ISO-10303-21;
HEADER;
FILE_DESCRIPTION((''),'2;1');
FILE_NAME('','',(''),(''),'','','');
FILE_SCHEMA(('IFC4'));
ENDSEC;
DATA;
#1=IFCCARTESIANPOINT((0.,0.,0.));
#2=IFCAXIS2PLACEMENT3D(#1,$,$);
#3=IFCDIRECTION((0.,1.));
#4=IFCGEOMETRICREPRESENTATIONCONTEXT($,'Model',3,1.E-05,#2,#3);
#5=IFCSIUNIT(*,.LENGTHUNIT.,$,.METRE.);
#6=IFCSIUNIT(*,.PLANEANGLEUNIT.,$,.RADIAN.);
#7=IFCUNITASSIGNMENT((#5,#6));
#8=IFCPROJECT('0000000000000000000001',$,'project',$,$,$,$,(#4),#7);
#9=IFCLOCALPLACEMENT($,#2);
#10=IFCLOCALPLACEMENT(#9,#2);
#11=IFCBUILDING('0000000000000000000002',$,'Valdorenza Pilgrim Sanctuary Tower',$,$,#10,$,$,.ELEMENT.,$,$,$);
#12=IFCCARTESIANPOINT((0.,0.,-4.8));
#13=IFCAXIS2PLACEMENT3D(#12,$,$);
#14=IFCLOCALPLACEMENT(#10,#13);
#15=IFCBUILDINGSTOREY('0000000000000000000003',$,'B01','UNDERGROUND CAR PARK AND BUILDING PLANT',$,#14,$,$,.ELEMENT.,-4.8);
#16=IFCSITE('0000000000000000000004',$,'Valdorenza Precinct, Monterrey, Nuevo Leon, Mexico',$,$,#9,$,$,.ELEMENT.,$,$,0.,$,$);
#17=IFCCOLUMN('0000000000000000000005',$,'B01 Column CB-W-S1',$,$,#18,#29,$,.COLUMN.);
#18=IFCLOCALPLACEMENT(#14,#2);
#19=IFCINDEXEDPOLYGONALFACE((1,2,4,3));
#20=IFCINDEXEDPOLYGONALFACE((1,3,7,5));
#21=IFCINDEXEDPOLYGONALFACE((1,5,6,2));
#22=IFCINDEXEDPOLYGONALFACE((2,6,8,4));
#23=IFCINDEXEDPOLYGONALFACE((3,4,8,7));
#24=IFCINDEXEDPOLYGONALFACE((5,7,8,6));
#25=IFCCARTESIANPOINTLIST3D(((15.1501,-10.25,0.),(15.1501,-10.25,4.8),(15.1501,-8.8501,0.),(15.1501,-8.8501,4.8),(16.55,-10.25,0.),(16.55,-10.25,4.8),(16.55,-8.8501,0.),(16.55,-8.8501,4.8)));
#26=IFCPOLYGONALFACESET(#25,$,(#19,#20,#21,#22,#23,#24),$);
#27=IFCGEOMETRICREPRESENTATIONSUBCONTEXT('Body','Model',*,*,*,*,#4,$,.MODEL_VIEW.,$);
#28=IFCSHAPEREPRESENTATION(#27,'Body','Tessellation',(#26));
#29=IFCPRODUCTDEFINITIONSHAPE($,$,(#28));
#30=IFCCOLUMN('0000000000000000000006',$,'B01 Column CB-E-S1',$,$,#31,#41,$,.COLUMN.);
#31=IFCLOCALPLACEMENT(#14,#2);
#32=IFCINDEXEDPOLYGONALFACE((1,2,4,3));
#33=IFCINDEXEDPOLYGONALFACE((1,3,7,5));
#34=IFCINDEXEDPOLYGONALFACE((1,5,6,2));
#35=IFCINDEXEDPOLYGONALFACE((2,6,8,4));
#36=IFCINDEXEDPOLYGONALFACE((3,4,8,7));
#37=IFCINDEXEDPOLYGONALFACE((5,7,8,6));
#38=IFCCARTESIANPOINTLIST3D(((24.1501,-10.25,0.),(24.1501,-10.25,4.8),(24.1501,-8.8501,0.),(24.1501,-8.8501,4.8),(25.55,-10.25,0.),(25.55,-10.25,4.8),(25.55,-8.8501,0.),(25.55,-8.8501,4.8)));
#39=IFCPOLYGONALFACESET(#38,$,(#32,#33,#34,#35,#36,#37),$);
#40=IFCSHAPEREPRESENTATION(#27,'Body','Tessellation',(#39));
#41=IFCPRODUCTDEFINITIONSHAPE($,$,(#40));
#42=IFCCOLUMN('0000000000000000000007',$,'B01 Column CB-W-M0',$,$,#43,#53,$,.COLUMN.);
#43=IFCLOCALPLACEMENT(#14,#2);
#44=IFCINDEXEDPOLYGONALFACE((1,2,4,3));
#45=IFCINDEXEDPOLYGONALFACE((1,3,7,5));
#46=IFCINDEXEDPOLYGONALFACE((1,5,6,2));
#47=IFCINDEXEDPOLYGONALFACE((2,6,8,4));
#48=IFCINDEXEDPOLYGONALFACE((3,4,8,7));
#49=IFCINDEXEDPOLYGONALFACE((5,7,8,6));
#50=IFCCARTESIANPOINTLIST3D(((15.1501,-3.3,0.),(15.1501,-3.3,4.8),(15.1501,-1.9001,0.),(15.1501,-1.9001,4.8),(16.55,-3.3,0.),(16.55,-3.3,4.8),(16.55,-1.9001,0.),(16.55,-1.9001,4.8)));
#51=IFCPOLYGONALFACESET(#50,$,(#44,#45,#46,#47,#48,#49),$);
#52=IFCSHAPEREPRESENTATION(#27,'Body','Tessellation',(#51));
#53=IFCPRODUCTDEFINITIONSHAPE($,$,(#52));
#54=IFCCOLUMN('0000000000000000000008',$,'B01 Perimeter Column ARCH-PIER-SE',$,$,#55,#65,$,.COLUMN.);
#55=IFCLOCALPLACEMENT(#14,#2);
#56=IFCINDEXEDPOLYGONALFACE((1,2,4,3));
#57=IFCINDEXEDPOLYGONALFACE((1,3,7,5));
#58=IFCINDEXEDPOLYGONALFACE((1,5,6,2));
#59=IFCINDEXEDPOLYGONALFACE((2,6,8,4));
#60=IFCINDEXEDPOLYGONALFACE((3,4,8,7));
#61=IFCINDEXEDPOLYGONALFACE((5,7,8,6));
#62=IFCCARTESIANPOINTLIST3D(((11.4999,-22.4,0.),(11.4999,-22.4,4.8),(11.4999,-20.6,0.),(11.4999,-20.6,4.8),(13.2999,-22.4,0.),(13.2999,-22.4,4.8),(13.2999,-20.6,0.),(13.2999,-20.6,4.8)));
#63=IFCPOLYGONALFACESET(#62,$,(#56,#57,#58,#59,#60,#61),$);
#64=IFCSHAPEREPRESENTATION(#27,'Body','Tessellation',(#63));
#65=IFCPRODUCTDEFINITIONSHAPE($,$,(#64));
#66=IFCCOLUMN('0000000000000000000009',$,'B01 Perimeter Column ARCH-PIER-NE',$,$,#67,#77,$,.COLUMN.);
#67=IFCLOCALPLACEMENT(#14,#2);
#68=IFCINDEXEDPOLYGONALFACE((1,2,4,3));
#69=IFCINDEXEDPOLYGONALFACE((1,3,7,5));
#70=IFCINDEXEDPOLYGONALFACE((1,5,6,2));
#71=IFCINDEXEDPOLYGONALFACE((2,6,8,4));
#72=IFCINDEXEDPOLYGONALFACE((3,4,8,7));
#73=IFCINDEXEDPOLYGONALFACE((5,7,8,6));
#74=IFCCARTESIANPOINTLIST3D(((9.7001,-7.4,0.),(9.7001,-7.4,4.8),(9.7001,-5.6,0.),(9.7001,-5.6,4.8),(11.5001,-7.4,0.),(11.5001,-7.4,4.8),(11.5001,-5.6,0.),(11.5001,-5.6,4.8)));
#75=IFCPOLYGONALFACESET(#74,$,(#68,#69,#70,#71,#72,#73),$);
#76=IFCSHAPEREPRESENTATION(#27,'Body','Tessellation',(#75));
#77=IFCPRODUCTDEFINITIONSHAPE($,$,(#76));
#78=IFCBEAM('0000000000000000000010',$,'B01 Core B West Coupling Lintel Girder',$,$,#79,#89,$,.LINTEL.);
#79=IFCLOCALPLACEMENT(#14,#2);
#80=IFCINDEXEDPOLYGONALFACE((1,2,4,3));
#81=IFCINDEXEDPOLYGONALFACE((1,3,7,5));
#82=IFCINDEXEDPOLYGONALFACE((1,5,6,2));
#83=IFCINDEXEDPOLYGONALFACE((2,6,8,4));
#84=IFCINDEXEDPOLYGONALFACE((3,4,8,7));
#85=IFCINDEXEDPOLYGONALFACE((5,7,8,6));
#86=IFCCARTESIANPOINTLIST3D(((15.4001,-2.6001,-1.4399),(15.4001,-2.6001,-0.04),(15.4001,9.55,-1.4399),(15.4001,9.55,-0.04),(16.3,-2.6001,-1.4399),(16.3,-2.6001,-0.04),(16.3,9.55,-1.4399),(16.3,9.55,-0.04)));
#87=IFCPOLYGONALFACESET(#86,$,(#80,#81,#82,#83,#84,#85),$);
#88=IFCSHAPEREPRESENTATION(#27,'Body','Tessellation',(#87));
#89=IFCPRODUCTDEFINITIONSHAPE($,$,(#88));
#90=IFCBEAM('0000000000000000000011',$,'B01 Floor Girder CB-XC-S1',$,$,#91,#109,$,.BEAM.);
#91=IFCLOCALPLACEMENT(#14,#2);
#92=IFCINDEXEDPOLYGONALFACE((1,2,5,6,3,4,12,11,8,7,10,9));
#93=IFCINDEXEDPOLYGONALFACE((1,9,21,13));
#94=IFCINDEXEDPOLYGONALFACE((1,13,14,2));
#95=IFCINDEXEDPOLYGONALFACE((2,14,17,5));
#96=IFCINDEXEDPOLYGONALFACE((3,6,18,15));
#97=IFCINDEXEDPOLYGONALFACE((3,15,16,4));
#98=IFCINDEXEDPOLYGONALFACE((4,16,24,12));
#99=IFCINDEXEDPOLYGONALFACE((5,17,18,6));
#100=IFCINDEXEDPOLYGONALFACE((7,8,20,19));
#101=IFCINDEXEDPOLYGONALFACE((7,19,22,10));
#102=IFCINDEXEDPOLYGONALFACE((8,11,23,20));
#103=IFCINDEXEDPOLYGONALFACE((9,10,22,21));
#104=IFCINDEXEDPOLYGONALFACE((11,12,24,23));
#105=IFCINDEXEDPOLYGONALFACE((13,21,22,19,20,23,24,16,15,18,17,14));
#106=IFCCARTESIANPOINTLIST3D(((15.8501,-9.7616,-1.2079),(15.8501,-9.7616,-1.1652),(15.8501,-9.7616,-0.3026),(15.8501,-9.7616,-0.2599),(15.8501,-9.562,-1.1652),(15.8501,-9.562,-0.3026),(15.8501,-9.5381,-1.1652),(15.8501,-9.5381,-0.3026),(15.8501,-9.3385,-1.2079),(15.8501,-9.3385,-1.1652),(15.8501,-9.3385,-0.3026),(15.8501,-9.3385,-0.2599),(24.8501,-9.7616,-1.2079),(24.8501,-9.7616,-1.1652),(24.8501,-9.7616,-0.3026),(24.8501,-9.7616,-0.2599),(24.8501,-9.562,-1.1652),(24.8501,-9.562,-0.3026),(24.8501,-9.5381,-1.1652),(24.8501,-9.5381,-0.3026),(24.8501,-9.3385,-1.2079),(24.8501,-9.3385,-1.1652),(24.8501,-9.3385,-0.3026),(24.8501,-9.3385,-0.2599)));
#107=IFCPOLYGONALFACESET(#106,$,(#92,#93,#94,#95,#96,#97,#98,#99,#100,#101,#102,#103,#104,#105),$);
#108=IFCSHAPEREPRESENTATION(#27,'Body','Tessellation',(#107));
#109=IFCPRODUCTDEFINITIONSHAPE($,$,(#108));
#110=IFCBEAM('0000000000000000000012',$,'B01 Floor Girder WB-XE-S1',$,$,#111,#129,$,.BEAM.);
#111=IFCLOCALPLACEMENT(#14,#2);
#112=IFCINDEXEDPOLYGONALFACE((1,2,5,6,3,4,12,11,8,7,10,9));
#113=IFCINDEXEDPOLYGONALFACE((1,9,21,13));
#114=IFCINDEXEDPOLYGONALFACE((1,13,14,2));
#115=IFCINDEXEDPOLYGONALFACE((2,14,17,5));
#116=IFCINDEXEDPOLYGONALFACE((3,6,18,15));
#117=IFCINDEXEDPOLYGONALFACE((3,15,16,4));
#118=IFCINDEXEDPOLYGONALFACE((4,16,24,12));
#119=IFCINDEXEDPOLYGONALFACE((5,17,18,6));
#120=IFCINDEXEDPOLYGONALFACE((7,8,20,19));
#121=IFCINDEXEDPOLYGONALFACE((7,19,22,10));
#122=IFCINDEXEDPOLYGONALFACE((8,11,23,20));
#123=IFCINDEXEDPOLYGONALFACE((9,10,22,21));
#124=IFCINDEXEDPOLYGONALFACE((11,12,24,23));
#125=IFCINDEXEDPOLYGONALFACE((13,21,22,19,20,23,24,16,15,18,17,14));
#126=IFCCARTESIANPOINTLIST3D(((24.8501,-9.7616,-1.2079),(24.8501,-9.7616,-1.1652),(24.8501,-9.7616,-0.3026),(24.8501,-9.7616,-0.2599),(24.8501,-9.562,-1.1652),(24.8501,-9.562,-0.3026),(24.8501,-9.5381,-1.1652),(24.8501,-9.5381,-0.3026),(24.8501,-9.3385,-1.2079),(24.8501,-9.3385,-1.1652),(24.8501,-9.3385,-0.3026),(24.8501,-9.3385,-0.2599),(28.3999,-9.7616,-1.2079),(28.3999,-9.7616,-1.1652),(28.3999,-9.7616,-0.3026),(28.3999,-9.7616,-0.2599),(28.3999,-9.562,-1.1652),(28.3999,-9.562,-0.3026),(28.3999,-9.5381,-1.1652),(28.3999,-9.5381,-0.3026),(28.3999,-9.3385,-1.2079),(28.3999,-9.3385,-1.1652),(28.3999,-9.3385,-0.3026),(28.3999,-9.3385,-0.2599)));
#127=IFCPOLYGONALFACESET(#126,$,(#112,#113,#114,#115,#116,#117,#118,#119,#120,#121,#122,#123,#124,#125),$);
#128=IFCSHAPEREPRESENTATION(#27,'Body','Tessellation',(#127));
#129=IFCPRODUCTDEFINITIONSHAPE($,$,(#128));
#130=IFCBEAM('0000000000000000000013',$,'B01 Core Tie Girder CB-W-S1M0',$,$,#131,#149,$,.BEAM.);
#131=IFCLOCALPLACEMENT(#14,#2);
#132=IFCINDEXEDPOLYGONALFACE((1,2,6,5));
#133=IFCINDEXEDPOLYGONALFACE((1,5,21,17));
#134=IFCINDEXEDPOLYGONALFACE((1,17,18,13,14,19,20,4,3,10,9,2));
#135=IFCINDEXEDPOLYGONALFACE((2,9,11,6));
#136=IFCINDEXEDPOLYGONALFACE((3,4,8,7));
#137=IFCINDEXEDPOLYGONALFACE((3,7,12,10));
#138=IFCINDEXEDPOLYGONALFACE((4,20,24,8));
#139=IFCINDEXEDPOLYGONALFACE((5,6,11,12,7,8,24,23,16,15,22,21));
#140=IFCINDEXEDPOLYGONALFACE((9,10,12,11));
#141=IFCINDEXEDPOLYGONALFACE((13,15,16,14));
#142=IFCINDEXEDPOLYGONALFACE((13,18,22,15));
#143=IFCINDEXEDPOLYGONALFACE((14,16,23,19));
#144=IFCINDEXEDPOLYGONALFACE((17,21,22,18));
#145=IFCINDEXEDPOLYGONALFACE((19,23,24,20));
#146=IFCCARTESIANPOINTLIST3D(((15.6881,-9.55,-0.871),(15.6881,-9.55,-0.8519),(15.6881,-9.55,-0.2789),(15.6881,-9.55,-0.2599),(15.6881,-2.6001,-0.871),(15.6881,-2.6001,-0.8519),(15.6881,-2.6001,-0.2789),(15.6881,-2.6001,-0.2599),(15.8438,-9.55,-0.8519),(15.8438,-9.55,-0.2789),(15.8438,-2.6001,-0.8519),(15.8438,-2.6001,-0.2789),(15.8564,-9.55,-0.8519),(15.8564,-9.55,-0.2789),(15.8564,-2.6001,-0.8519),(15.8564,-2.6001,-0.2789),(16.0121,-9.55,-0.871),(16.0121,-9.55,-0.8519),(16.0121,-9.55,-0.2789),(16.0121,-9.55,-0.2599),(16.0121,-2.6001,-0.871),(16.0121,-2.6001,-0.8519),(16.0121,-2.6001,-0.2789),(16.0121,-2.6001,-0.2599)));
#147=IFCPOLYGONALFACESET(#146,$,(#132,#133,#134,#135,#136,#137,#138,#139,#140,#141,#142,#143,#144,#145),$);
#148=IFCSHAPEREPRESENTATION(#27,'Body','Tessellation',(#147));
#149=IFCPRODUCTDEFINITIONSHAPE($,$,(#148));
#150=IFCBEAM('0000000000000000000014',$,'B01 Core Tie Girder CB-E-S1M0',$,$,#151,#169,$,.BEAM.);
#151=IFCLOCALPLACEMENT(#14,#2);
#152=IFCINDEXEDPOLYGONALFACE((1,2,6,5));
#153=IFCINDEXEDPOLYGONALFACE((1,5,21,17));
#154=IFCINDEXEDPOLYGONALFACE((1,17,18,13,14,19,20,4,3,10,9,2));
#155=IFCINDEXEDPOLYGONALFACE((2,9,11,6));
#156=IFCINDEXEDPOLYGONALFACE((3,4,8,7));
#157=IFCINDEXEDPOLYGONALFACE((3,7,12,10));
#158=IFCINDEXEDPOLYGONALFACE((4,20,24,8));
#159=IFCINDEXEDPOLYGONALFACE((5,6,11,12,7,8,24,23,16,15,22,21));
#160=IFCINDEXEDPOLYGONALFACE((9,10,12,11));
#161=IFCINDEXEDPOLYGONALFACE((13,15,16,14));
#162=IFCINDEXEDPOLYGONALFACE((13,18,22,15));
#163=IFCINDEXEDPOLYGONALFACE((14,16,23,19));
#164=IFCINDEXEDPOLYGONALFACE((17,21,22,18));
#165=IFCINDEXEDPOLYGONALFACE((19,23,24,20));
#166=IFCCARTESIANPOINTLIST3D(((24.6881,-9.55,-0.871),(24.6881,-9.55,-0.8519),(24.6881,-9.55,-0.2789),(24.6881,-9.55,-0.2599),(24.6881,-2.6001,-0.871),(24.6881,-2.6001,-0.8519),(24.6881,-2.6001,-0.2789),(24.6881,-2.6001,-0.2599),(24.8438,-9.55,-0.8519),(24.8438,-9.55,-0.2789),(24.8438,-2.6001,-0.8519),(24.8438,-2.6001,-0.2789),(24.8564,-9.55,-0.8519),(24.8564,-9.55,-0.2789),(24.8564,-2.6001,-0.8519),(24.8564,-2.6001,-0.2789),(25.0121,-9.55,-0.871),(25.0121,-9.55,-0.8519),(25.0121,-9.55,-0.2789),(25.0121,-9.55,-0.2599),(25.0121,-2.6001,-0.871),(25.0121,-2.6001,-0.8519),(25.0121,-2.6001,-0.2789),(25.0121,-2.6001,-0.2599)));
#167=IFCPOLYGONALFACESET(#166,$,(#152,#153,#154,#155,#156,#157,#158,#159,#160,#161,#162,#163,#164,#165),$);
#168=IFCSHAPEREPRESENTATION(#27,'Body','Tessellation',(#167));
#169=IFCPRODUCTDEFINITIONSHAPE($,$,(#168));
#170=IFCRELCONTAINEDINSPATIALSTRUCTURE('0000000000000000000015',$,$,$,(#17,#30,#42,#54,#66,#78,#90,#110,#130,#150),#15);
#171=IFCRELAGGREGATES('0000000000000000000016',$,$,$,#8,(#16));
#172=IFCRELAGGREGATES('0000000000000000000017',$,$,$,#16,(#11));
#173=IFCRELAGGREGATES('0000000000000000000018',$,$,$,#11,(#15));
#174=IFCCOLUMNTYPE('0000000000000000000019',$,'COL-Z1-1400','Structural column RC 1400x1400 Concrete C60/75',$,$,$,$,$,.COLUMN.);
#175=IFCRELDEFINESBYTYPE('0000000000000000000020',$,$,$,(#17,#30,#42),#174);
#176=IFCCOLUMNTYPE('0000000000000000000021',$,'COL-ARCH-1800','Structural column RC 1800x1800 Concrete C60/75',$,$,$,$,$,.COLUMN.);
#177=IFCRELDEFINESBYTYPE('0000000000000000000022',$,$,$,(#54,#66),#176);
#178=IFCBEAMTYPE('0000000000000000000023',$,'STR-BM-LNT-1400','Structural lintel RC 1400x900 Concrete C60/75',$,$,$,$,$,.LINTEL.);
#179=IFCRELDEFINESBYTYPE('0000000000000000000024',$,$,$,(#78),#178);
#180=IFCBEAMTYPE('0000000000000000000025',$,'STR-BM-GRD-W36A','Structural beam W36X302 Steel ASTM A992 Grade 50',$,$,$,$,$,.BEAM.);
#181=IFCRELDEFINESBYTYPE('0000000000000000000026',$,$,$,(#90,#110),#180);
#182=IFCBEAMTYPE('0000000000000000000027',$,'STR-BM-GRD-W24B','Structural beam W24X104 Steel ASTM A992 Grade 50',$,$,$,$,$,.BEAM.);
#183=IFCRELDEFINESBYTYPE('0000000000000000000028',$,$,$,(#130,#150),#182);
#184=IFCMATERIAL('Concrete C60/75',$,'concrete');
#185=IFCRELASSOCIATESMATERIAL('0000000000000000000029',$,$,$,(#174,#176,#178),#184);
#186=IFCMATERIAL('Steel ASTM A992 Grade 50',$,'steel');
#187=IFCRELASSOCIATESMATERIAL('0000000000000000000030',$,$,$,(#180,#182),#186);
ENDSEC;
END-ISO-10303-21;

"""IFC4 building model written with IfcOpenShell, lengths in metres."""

from ifc_helpers import new_model, si_unit, direction, frame, origin, origin_2d, place, context, subcontext, project, spatial, rectangle, i_section, extrude, source, transform, mapped, material, material_profile, profile_set, type_object, element, save


model = new_model("IFC4")

# Units and contexts
model_context = context("Model", 3, precision=1e-05, world=origin(), true_north=direction((0.0, 1.0)))
body_context = subcontext(model_context, "Body", "Model", "MODEL_VIEW")
ifc_project = project(units=[si_unit("LENGTHUNIT", "METRE"), si_unit("PLANEANGLEUNIT", "RADIAN")], contexts=[model_context])

# Site, building, storey
site_placement = place(None, origin())
site = spatial("IfcSite", under=ifc_project, at=site_placement, Name="Valdorenza Precinct, Monterrey, Nuevo Leon, Mexico", CompositionType="ELEMENT", RefElevation=0.0)
building_placement = place(site_placement, origin())
building = spatial("IfcBuilding", under=site, at=building_placement, Name="Valdorenza Pilgrim Sanctuary Tower", CompositionType="ELEMENT")
storey_placement = place(building_placement, frame((0.0, 0.0, -4.8)))
storey = spatial("IfcBuildingStorey", under=building, at=storey_placement, Name="B01", Description="UNDERGROUND CAR PARK AND BUILDING PLANT", CompositionType="ELEMENT", Elevation=-4.8)

# Columns
ifc_material_1 = material(Name="Concrete C60/75", Category="concrete")
ifc_material_profile_1 = material_profile(ifc_material_1, rectangle(XDim=1.3999, YDim=1.3999, at=origin_2d()), Name="RC 1400x1400")
ifc_profile_set_1 = profile_set([ifc_material_profile_1], Name="Concrete C60/75")
column_type_1 = type_object("IfcColumnType", Name="COL-Z1-1400", Description="Structural column RC 1400x1400 Concrete C60/75", PredefinedType="COLUMN", material=ifc_profile_set_1)
shared_shape_1 = source(origin(), body_context, "Body", "SweptSolid", [
    extrude(rectangle(XDim=1.3999, YDim=1.3999, at=origin_2d()), origin(), (0.0, 0.0, 1.0), 4.8),
])
for number, where, z_axis, x_axis, name in (
    (1, (15.8501, -9.55, 0.0), (0.0, 0.0, 1.0), (1.0, 0.0, 0.0), "B01 Column CB-W-S1"),
    (2, (24.8501, -9.55, 0.0), (0.0, 0.0, 1.0), (1.0, 0.0, 0.0), "B01 Column CB-E-S1"),
    (3, (15.8501, -2.6001, 0.0), (0.0, 0.0, 1.0), (1.0, 0.0, 0.0), "B01 Column CB-W-M0"),
):
    element("IfcColumn", number, at=place(storey_placement, frame(where, z_axis=z_axis, x_axis=x_axis)), inside=storey, type_object=column_type_1, Name=name, PredefinedType="COLUMN", context=body_context, shape_type="MappedRepresentation", body=[
        mapped(shared_shape_1, transform((0.0, 0.0, 0.0), x_axis=(1.0, 0.0, 0.0), y_axis=(0.0, 1.0, 0.0), z_axis=(0.0, 0.0, 1.0), scale=1.0)),
    ])
ifc_material_profile_2 = material_profile(ifc_material_1, rectangle(XDim=1.8, YDim=1.8, at=origin_2d()), Name="RC 1800x1800")
ifc_profile_set_2 = profile_set([ifc_material_profile_2], Name="Concrete C60/75")
column_type_2 = type_object("IfcColumnType", Name="COL-ARCH-1800", Description="Structural column RC 1800x1800 Concrete C60/75", PredefinedType="COLUMN", material=ifc_profile_set_2)
shared_shape_2 = source(origin(), body_context, "Body", "SweptSolid", [
    extrude(rectangle(XDim=1.8, YDim=1.8, at=origin_2d()), origin(), (0.0, 0.0, 1.0), 4.8),
])
for number, where, z_axis, x_axis, name in (
    (4, (12.3999, -21.5, 0.0), (0.0, 0.0, 1.0), (1.0, 0.0, 0.0), "B01 Perimeter Column ARCH-PIER-SE"),
    (5, (10.6001, -6.5, 0.0), (0.0, 0.0, 1.0), (1.0, 0.0, 0.0), "B01 Perimeter Column ARCH-PIER-NE"),
):
    element("IfcColumn", number, at=place(storey_placement, frame(where, z_axis=z_axis, x_axis=x_axis)), inside=storey, type_object=column_type_2, Name=name, PredefinedType="COLUMN", context=body_context, shape_type="MappedRepresentation", body=[
        mapped(shared_shape_2, transform((0.0, 0.0, 0.0), x_axis=(1.0, 0.0, 0.0), y_axis=(0.0, 1.0, 0.0), z_axis=(0.0, 0.0, 1.0), scale=1.0)),
    ])

# Beams
ifc_material_profile_3 = material_profile(ifc_material_1, rectangle(XDim=0.8999, YDim=1.3999, at=origin_2d()), Name="RC 1400x900")
ifc_profile_set_3 = profile_set([ifc_material_profile_3], Name="Concrete C60/75")
beam_type_1 = type_object("IfcBeamType", Name="STR-BM-LNT-1400", Description="Structural lintel RC 1400x900 Concrete C60/75", PredefinedType="LINTEL", material=ifc_profile_set_3)
shared_shape_3 = source(origin(), body_context, "Body", "SweptSolid", [
    extrude(rectangle(XDim=0.8999, YDim=1.3999, at=origin_2d()), origin(), (0.0, 0.0, 1.0), 12.1501),
])
beam_1_placement = place(storey_placement, frame((15.8501, -2.6001, -0.74), z_axis=(0.0, 1.0, 0.0), x_axis=(-1.0, 0.0, 0.0)))
element("IfcBeam", 6, at=beam_1_placement, inside=storey, type_object=beam_type_1, Name="B01 Core B West Coupling Lintel Girder", PredefinedType="LINTEL", context=body_context, shape_type="MappedRepresentation", body=[
    mapped(shared_shape_3, transform((0.0, 0.0, 0.0), x_axis=(1.0, 0.0, 0.0), y_axis=(0.0, 1.0, 0.0), z_axis=(0.0, 0.0, 1.0), scale=1.0)),
])
ifc_material_2 = material(Name="Steel ASTM A992 Grade 50", Category="steel")
ifc_material_profile_4 = material_profile(ifc_material_2, i_section(OverallWidth=0.4231, OverallDepth=0.948, WebThickness=0.0239, FlangeThickness=0.0427, at=origin_2d()), Name="W36X302")
ifc_profile_set_4 = profile_set([ifc_material_profile_4], Name="Steel ASTM A992 Grade 50")
beam_type_2 = type_object("IfcBeamType", Name="STR-BM-GRD-W36A", Description="Structural beam W36X302 Steel ASTM A992 Grade 50", PredefinedType="BEAM", material=ifc_profile_set_4)
shared_shape_4 = source(origin(), body_context, "Body", "SweptSolid", [
    extrude(i_section(OverallWidth=0.4231, OverallDepth=0.948, WebThickness=0.0239, FlangeThickness=0.0427, at=origin_2d()), origin(), (0.0, 0.0, 1.0), 9.0),
])
beam_2_placement = place(storey_placement, frame((15.8501, -9.55, -0.7339), z_axis=(1.0, 0.0, 0.0), x_axis=(0.0, 1.0, 0.0)))
element("IfcBeam", 7, at=beam_2_placement, inside=storey, type_object=beam_type_2, Name="B01 Floor Girder CB-XC-S1", PredefinedType="BEAM", context=body_context, shape_type="MappedRepresentation", body=[
    mapped(shared_shape_4, transform((0.0, 0.0, 0.0), x_axis=(1.0, 0.0, 0.0), y_axis=(0.0, 1.0, 0.0), z_axis=(0.0, 0.0, 1.0), scale=1.0)),
])
shared_shape_5 = source(origin(), body_context, "Body", "SweptSolid", [
    extrude(i_section(OverallWidth=0.4231, OverallDepth=0.948, WebThickness=0.0239, FlangeThickness=0.0427, at=origin_2d()), origin(), (0.0, 0.0, 1.0), 3.5498),
])
beam_3_placement = place(storey_placement, frame((24.8501, -9.55, -0.7339), z_axis=(1.0, 0.0, 0.0), x_axis=(0.0, 1.0, 0.0)))
element("IfcBeam", 8, at=beam_3_placement, inside=storey, type_object=beam_type_2, Name="B01 Floor Girder WB-XE-S1", PredefinedType="BEAM", context=body_context, shape_type="MappedRepresentation", body=[
    mapped(shared_shape_5, transform((0.0, 0.0, 0.0), x_axis=(1.0, 0.0, 0.0), y_axis=(0.0, 1.0, 0.0), z_axis=(0.0, 0.0, 1.0), scale=1.0)),
])
ifc_material_profile_5 = material_profile(ifc_material_2, i_section(OverallWidth=0.324, OverallDepth=0.6111, WebThickness=0.0127, FlangeThickness=0.019, at=origin_2d()), Name="W24X104")
ifc_profile_set_5 = profile_set([ifc_material_profile_5], Name="Steel ASTM A992 Grade 50")
beam_type_3 = type_object("IfcBeamType", Name="STR-BM-GRD-W24B", Description="Structural beam W24X104 Steel ASTM A992 Grade 50", PredefinedType="BEAM", material=ifc_profile_set_5)
shared_shape_6 = source(origin(), body_context, "Body", "SweptSolid", [
    extrude(i_section(OverallWidth=0.324, OverallDepth=0.6111, WebThickness=0.0127, FlangeThickness=0.019, at=origin_2d()), origin(), (0.0, 0.0, 1.0), 6.95),
])
for number, where, z_axis, x_axis, name in (
    (9, (15.8501, -9.55, -0.5654), (0.0, 1.0, 0.0), (-1.0, 0.0, 0.0), "B01 Core Tie Girder CB-W-S1M0"),
    (10, (24.8501, -9.55, -0.5654), (0.0, 1.0, 0.0), (-1.0, 0.0, 0.0), "B01 Core Tie Girder CB-E-S1M0"),
):
    element("IfcBeam", number, at=place(storey_placement, frame(where, z_axis=z_axis, x_axis=x_axis)), inside=storey, type_object=beam_type_3, Name=name, PredefinedType="BEAM", context=body_context, shape_type="MappedRepresentation", body=[
        mapped(shared_shape_6, transform((0.0, 0.0, 0.0), x_axis=(1.0, 0.0, 0.0), y_axis=(0.0, 1.0, 0.0), z_axis=(0.0, 0.0, 1.0), scale=1.0)),
    ])

save(model, "model.ifc")
